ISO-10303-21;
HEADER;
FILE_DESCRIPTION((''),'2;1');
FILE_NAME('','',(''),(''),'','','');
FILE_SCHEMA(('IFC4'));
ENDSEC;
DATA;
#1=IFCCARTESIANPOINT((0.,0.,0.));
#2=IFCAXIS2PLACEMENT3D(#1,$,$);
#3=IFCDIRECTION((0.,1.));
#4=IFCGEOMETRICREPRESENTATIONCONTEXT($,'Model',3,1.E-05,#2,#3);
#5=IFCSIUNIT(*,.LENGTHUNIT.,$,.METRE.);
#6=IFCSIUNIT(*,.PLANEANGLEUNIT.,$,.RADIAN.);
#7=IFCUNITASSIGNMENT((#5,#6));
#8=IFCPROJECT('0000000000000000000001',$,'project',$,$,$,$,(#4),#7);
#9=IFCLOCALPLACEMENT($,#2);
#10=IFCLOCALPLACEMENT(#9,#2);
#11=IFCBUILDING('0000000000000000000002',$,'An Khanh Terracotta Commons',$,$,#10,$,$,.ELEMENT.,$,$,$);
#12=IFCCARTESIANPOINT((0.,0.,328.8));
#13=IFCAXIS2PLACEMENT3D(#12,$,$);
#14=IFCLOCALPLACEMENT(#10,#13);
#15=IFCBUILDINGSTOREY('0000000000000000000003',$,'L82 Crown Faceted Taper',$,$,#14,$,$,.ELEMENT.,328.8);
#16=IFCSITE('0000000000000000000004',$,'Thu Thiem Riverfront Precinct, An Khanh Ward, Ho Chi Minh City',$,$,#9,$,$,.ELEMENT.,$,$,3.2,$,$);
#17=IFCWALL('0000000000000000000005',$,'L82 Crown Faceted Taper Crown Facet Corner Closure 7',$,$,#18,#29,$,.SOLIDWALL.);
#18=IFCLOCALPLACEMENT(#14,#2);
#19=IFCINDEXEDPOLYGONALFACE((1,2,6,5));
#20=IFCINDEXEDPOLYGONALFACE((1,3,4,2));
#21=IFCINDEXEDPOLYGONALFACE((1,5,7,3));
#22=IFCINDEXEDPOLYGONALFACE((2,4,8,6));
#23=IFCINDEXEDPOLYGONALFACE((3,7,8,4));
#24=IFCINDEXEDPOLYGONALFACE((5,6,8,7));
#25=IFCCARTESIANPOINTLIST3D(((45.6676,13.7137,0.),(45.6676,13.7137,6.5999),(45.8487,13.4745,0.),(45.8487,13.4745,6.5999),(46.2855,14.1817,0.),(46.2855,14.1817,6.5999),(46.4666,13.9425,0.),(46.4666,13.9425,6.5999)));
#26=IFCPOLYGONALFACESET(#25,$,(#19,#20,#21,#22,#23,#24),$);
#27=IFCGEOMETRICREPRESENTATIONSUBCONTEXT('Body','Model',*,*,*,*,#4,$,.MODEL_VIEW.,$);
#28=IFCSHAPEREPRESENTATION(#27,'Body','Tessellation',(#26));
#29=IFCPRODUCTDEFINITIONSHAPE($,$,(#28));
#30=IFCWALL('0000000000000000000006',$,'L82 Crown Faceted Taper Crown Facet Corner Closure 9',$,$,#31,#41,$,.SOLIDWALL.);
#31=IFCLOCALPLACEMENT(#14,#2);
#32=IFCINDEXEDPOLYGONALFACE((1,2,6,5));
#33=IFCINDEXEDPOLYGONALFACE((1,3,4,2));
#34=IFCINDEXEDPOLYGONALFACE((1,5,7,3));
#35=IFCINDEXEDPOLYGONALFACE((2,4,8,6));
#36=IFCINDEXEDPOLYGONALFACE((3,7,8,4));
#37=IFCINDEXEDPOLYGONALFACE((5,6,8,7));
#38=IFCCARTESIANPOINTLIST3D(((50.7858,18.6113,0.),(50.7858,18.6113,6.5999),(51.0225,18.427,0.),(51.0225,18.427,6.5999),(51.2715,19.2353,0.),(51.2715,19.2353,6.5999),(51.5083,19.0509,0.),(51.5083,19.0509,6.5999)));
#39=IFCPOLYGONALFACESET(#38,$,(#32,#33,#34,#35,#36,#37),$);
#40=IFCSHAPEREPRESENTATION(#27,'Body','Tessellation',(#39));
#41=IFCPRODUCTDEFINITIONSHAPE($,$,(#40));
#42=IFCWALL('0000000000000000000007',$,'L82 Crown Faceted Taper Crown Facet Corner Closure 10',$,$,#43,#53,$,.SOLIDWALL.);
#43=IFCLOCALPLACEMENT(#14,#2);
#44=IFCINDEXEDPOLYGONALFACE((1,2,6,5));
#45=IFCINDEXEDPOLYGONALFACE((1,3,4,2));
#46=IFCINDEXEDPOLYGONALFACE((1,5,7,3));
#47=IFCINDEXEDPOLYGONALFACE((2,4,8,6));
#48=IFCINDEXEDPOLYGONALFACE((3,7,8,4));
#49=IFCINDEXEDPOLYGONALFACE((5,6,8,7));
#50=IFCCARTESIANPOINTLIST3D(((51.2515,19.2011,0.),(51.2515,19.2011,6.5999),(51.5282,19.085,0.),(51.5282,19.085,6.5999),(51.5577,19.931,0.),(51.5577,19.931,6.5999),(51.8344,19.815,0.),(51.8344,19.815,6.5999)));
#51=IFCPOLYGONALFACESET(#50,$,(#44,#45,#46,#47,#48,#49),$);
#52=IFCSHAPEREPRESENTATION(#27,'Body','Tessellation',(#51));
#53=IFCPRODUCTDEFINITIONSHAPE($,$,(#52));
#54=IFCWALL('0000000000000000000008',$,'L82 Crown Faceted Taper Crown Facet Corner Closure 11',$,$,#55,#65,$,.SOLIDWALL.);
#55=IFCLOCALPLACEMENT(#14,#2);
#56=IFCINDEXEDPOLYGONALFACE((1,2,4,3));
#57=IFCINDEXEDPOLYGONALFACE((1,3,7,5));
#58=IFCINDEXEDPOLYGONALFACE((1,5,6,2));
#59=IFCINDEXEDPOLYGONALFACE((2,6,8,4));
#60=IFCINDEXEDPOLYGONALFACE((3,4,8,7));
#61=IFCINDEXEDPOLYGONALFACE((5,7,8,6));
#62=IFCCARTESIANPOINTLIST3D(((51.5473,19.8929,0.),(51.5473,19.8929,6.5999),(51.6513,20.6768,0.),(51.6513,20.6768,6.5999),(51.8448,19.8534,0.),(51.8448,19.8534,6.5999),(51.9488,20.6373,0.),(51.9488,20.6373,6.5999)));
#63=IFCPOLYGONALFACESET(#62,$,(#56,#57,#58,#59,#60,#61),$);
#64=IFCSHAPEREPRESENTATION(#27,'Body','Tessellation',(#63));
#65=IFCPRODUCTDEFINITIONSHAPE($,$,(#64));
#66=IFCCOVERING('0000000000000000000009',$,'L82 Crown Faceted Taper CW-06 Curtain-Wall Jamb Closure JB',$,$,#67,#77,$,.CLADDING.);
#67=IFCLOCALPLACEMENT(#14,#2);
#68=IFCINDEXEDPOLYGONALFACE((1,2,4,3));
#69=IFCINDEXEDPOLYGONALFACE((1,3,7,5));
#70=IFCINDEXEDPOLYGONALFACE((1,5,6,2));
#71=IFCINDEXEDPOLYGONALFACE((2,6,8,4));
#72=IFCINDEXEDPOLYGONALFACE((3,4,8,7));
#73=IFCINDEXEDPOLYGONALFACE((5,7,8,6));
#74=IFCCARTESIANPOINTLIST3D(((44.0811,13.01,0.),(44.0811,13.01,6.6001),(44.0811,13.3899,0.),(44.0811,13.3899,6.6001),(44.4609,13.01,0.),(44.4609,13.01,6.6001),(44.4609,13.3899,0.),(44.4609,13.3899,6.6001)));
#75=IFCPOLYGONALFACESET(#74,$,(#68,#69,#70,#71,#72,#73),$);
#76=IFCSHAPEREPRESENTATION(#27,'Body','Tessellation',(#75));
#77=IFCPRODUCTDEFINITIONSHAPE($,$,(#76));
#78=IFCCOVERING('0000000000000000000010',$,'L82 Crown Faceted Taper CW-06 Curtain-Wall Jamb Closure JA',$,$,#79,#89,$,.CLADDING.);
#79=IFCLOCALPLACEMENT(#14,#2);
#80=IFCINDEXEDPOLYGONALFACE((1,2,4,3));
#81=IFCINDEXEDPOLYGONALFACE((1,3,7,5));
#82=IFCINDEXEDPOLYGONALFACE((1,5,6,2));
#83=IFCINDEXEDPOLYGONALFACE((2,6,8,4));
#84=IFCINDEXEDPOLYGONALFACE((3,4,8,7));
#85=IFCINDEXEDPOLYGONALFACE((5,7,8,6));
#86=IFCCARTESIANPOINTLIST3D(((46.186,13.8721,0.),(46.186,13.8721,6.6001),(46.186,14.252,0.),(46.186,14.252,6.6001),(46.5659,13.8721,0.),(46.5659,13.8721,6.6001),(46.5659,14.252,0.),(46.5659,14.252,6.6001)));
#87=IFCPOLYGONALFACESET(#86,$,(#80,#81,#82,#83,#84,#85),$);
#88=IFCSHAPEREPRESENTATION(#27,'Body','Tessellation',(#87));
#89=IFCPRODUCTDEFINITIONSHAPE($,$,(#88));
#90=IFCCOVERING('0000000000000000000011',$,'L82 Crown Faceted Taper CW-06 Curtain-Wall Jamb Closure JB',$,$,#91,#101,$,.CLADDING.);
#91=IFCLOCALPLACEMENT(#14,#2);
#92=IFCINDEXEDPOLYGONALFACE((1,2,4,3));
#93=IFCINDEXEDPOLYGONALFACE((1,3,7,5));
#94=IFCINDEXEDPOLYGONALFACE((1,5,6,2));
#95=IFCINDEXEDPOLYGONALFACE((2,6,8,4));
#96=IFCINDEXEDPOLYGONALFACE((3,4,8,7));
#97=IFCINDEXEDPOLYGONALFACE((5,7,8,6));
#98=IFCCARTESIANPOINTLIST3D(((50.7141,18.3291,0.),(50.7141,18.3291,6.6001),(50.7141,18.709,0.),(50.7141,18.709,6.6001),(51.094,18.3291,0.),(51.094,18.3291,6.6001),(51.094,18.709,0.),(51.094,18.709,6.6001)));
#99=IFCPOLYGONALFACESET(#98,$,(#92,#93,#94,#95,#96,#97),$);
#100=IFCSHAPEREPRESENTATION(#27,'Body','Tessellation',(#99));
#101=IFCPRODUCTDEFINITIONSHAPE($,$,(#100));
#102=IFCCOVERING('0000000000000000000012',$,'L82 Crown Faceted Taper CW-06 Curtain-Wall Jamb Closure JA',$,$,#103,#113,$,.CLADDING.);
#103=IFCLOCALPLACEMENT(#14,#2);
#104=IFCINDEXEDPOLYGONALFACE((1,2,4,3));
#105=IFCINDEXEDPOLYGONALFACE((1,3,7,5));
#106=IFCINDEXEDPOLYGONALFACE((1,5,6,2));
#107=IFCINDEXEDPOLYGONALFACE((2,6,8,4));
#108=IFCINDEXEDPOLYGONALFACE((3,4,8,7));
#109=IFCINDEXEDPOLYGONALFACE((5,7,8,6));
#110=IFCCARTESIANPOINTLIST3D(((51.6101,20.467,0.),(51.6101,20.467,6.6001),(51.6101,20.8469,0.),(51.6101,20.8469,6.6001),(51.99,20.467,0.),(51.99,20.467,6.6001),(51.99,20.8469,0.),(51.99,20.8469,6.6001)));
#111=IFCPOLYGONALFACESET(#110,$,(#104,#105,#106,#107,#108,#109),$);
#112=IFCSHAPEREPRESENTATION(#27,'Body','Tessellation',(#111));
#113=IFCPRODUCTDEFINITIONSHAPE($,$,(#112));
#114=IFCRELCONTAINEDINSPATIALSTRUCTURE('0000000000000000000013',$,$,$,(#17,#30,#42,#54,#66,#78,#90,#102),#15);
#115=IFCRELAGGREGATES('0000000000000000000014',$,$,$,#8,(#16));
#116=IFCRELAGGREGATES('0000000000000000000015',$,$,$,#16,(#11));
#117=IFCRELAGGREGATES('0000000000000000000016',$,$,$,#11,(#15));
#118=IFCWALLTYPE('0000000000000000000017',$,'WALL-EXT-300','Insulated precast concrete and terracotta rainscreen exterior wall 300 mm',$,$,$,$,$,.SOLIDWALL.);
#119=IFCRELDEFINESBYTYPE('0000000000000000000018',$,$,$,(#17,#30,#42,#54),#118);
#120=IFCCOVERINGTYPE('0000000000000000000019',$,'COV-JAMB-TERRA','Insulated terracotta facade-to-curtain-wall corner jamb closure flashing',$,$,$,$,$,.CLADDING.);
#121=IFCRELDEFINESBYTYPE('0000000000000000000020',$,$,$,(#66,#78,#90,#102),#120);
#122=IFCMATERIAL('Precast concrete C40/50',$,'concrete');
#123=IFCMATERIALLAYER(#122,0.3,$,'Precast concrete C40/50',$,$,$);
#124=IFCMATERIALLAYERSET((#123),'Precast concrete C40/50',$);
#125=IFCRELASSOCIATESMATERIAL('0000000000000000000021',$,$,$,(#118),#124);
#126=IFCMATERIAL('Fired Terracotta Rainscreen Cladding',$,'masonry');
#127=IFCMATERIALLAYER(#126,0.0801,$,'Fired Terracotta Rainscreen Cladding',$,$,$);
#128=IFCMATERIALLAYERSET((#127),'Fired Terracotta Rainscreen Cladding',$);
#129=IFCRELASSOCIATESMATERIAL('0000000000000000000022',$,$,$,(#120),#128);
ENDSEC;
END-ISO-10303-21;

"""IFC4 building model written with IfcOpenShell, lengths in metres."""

from ifc_helpers import new_model, si_unit, direction, frame, frame_2d, origin, origin_2d, place, context, subcontext, project, spatial, rectangle, extrude, material, layer, layer_set, type_object, element, save


model = new_model("IFC4")

# Units and contexts
model_context = context("Model", 3, precision=1e-05, world=origin(), true_north=direction((0.0, 1.0)))
body_context = subcontext(model_context, "Body", "Model", "MODEL_VIEW")
ifc_project = project(units=[si_unit("LENGTHUNIT", "METRE"), si_unit("PLANEANGLEUNIT", "RADIAN")], contexts=[model_context])

# Site, building, storey
site_placement = place(None, origin())
site = spatial("IfcSite", under=ifc_project, at=site_placement, Name="Thu Thiem Riverfront Precinct, An Khanh Ward, Ho Chi Minh City", CompositionType="ELEMENT", RefElevation=3.2)
building_placement = place(site_placement, origin())
building = spatial("IfcBuilding", under=site, at=building_placement, Name="An Khanh Terracotta Commons", CompositionType="ELEMENT")
storey_placement = place(building_placement, frame((0.0, 0.0, 328.8)))
storey = spatial("IfcBuildingStorey", under=building, at=storey_placement, Name="L82 Crown Faceted Taper", CompositionType="ELEMENT", Elevation=328.8)

# Walls
ifc_material_1 = material(Name="Precast concrete C40/50", Category="concrete")
ifc_layer_1 = layer(ifc_material_1, 0.3, Name="Precast concrete C40/50")
ifc_layer_set_1 = layer_set([ifc_layer_1], Name="Precast concrete C40/50")
wall_type = type_object("IfcWallType", Name="WALL-EXT-300", Description="Insulated precast concrete and terracotta rainscreen exterior wall 300 mm", PredefinedType="SOLIDWALL", material=ifc_layer_set_1)
wall_1_placement = place(storey_placement, frame((45.7581, 13.594, 0.0), z_axis=(0.0, 0.0, 1.0), x_axis=(0.797156, 0.603773, 0.0)))
element("IfcWall", 1, at=wall_1_placement, inside=storey, type_object=wall_type, Name="L82 Crown Faceted Taper Crown Facet Corner Closure 7", PredefinedType="SOLIDWALL", context=body_context, shape_type="SweptSolid", body=[
    extrude(rectangle(XDim=0.7751, YDim=0.3, at=frame_2d((0.3877, 0.0))), origin(), (0.0, 0.0, 1.0), 6.5999),
])
wall_2_placement = place(storey_placement, frame((50.9041, 18.519, 0.0), z_axis=(0.0, 0.0, 1.0), x_axis=(0.614325, 0.789053, 0.0)))
element("IfcWall", 2, at=wall_2_placement, inside=storey, type_object=wall_type, Name="L82 Crown Faceted Taper Crown Facet Corner Closure 9", PredefinedType="SOLIDWALL", context=body_context, shape_type="SweptSolid", body=[
    extrude(rectangle(XDim=0.7908, YDim=0.3, at=frame_2d((0.3955, 0.0))), origin(), (0.0, 0.0, 1.0), 6.5999),
])
wall_3_placement = place(storey_placement, frame((51.3899, 19.1431, 0.0), z_axis=(0.0, 0.0, 1.0), x_axis=(0.386761, 0.92218, 0.0)))
element("IfcWall", 3, at=wall_3_placement, inside=storey, type_object=wall_type, Name="L82 Crown Faceted Taper Crown Facet Corner Closure 10", PredefinedType="SOLIDWALL", context=body_context, shape_type="SweptSolid", body=[
    extrude(rectangle(XDim=0.7915, YDim=0.3, at=frame_2d((0.3958, 0.0))), origin(), (0.0, 0.0, 1.0), 6.5999),
])
wall_4_placement = place(storey_placement, frame((51.696, 19.873, 0.0), z_axis=(0.0, 0.0, 1.0), x_axis=(0.131517, 0.991314, 0.0)))
element("IfcWall", 4, at=wall_4_placement, inside=storey, type_object=wall_type, Name="L82 Crown Faceted Taper Crown Facet Corner Closure 11", PredefinedType="SOLIDWALL", context=body_context, shape_type="SweptSolid", body=[
    extrude(rectangle(XDim=0.7908, YDim=0.3, at=frame_2d((0.3955, 0.0))), origin(), (0.0, 0.0, 1.0), 6.5999),
])

# Coverings
ifc_material_2 = material(Name="Fired Terracotta Rainscreen Cladding", Category="masonry")
ifc_layer_2 = layer(ifc_material_2, 0.0801, Name="Fired Terracotta Rainscreen Cladding")
ifc_layer_set_2 = layer_set([ifc_layer_2], Name="Fired Terracotta Rainscreen Cladding")
covering_type = type_object("IfcCoveringType", Name="COV-JAMB-TERRA", Description="Insulated terracotta facade-to-curtain-wall corner jamb closure flashing", PredefinedType="CLADDING", material=ifc_layer_set_2)
for number, where, z_axis, x_axis, name in (
    (5, (44.271, 13.2, 0.0), (0.0, 0.0, 1.0), (1.0, 0.0, 0.0), "L82 Crown Faceted Taper CW-06 Curtain-Wall Jamb Closure JB"),
    (6, (46.376, 14.062, 0.0), (0.0, 0.0, 1.0), (1.0, 0.0, 0.0), "L82 Crown Faceted Taper CW-06 Curtain-Wall Jamb Closure JA"),
    (7, (50.9041, 18.519, 0.0), (0.0, 0.0, 1.0), (1.0, 0.0, 0.0), "L82 Crown Faceted Taper CW-06 Curtain-Wall Jamb Closure JB"),
    (8, (51.8, 20.657, 0.0), (0.0, 0.0, 1.0), (1.0, 0.0, 0.0), "L82 Crown Faceted Taper CW-06 Curtain-Wall Jamb Closure JA"),
):
    element("IfcCovering", number, at=place(storey_placement, frame(where, z_axis=z_axis, x_axis=x_axis)), inside=storey, type_object=covering_type, Name=name, PredefinedType="CLADDING", context=body_context, shape_type="SweptSolid", body=[
        extrude(rectangle(XDim=0.3799, YDim=0.3799, at=origin_2d()), origin(), (0.0, 0.0, 1.0), 6.6001),
    ])

save(model, "model.ifc")
